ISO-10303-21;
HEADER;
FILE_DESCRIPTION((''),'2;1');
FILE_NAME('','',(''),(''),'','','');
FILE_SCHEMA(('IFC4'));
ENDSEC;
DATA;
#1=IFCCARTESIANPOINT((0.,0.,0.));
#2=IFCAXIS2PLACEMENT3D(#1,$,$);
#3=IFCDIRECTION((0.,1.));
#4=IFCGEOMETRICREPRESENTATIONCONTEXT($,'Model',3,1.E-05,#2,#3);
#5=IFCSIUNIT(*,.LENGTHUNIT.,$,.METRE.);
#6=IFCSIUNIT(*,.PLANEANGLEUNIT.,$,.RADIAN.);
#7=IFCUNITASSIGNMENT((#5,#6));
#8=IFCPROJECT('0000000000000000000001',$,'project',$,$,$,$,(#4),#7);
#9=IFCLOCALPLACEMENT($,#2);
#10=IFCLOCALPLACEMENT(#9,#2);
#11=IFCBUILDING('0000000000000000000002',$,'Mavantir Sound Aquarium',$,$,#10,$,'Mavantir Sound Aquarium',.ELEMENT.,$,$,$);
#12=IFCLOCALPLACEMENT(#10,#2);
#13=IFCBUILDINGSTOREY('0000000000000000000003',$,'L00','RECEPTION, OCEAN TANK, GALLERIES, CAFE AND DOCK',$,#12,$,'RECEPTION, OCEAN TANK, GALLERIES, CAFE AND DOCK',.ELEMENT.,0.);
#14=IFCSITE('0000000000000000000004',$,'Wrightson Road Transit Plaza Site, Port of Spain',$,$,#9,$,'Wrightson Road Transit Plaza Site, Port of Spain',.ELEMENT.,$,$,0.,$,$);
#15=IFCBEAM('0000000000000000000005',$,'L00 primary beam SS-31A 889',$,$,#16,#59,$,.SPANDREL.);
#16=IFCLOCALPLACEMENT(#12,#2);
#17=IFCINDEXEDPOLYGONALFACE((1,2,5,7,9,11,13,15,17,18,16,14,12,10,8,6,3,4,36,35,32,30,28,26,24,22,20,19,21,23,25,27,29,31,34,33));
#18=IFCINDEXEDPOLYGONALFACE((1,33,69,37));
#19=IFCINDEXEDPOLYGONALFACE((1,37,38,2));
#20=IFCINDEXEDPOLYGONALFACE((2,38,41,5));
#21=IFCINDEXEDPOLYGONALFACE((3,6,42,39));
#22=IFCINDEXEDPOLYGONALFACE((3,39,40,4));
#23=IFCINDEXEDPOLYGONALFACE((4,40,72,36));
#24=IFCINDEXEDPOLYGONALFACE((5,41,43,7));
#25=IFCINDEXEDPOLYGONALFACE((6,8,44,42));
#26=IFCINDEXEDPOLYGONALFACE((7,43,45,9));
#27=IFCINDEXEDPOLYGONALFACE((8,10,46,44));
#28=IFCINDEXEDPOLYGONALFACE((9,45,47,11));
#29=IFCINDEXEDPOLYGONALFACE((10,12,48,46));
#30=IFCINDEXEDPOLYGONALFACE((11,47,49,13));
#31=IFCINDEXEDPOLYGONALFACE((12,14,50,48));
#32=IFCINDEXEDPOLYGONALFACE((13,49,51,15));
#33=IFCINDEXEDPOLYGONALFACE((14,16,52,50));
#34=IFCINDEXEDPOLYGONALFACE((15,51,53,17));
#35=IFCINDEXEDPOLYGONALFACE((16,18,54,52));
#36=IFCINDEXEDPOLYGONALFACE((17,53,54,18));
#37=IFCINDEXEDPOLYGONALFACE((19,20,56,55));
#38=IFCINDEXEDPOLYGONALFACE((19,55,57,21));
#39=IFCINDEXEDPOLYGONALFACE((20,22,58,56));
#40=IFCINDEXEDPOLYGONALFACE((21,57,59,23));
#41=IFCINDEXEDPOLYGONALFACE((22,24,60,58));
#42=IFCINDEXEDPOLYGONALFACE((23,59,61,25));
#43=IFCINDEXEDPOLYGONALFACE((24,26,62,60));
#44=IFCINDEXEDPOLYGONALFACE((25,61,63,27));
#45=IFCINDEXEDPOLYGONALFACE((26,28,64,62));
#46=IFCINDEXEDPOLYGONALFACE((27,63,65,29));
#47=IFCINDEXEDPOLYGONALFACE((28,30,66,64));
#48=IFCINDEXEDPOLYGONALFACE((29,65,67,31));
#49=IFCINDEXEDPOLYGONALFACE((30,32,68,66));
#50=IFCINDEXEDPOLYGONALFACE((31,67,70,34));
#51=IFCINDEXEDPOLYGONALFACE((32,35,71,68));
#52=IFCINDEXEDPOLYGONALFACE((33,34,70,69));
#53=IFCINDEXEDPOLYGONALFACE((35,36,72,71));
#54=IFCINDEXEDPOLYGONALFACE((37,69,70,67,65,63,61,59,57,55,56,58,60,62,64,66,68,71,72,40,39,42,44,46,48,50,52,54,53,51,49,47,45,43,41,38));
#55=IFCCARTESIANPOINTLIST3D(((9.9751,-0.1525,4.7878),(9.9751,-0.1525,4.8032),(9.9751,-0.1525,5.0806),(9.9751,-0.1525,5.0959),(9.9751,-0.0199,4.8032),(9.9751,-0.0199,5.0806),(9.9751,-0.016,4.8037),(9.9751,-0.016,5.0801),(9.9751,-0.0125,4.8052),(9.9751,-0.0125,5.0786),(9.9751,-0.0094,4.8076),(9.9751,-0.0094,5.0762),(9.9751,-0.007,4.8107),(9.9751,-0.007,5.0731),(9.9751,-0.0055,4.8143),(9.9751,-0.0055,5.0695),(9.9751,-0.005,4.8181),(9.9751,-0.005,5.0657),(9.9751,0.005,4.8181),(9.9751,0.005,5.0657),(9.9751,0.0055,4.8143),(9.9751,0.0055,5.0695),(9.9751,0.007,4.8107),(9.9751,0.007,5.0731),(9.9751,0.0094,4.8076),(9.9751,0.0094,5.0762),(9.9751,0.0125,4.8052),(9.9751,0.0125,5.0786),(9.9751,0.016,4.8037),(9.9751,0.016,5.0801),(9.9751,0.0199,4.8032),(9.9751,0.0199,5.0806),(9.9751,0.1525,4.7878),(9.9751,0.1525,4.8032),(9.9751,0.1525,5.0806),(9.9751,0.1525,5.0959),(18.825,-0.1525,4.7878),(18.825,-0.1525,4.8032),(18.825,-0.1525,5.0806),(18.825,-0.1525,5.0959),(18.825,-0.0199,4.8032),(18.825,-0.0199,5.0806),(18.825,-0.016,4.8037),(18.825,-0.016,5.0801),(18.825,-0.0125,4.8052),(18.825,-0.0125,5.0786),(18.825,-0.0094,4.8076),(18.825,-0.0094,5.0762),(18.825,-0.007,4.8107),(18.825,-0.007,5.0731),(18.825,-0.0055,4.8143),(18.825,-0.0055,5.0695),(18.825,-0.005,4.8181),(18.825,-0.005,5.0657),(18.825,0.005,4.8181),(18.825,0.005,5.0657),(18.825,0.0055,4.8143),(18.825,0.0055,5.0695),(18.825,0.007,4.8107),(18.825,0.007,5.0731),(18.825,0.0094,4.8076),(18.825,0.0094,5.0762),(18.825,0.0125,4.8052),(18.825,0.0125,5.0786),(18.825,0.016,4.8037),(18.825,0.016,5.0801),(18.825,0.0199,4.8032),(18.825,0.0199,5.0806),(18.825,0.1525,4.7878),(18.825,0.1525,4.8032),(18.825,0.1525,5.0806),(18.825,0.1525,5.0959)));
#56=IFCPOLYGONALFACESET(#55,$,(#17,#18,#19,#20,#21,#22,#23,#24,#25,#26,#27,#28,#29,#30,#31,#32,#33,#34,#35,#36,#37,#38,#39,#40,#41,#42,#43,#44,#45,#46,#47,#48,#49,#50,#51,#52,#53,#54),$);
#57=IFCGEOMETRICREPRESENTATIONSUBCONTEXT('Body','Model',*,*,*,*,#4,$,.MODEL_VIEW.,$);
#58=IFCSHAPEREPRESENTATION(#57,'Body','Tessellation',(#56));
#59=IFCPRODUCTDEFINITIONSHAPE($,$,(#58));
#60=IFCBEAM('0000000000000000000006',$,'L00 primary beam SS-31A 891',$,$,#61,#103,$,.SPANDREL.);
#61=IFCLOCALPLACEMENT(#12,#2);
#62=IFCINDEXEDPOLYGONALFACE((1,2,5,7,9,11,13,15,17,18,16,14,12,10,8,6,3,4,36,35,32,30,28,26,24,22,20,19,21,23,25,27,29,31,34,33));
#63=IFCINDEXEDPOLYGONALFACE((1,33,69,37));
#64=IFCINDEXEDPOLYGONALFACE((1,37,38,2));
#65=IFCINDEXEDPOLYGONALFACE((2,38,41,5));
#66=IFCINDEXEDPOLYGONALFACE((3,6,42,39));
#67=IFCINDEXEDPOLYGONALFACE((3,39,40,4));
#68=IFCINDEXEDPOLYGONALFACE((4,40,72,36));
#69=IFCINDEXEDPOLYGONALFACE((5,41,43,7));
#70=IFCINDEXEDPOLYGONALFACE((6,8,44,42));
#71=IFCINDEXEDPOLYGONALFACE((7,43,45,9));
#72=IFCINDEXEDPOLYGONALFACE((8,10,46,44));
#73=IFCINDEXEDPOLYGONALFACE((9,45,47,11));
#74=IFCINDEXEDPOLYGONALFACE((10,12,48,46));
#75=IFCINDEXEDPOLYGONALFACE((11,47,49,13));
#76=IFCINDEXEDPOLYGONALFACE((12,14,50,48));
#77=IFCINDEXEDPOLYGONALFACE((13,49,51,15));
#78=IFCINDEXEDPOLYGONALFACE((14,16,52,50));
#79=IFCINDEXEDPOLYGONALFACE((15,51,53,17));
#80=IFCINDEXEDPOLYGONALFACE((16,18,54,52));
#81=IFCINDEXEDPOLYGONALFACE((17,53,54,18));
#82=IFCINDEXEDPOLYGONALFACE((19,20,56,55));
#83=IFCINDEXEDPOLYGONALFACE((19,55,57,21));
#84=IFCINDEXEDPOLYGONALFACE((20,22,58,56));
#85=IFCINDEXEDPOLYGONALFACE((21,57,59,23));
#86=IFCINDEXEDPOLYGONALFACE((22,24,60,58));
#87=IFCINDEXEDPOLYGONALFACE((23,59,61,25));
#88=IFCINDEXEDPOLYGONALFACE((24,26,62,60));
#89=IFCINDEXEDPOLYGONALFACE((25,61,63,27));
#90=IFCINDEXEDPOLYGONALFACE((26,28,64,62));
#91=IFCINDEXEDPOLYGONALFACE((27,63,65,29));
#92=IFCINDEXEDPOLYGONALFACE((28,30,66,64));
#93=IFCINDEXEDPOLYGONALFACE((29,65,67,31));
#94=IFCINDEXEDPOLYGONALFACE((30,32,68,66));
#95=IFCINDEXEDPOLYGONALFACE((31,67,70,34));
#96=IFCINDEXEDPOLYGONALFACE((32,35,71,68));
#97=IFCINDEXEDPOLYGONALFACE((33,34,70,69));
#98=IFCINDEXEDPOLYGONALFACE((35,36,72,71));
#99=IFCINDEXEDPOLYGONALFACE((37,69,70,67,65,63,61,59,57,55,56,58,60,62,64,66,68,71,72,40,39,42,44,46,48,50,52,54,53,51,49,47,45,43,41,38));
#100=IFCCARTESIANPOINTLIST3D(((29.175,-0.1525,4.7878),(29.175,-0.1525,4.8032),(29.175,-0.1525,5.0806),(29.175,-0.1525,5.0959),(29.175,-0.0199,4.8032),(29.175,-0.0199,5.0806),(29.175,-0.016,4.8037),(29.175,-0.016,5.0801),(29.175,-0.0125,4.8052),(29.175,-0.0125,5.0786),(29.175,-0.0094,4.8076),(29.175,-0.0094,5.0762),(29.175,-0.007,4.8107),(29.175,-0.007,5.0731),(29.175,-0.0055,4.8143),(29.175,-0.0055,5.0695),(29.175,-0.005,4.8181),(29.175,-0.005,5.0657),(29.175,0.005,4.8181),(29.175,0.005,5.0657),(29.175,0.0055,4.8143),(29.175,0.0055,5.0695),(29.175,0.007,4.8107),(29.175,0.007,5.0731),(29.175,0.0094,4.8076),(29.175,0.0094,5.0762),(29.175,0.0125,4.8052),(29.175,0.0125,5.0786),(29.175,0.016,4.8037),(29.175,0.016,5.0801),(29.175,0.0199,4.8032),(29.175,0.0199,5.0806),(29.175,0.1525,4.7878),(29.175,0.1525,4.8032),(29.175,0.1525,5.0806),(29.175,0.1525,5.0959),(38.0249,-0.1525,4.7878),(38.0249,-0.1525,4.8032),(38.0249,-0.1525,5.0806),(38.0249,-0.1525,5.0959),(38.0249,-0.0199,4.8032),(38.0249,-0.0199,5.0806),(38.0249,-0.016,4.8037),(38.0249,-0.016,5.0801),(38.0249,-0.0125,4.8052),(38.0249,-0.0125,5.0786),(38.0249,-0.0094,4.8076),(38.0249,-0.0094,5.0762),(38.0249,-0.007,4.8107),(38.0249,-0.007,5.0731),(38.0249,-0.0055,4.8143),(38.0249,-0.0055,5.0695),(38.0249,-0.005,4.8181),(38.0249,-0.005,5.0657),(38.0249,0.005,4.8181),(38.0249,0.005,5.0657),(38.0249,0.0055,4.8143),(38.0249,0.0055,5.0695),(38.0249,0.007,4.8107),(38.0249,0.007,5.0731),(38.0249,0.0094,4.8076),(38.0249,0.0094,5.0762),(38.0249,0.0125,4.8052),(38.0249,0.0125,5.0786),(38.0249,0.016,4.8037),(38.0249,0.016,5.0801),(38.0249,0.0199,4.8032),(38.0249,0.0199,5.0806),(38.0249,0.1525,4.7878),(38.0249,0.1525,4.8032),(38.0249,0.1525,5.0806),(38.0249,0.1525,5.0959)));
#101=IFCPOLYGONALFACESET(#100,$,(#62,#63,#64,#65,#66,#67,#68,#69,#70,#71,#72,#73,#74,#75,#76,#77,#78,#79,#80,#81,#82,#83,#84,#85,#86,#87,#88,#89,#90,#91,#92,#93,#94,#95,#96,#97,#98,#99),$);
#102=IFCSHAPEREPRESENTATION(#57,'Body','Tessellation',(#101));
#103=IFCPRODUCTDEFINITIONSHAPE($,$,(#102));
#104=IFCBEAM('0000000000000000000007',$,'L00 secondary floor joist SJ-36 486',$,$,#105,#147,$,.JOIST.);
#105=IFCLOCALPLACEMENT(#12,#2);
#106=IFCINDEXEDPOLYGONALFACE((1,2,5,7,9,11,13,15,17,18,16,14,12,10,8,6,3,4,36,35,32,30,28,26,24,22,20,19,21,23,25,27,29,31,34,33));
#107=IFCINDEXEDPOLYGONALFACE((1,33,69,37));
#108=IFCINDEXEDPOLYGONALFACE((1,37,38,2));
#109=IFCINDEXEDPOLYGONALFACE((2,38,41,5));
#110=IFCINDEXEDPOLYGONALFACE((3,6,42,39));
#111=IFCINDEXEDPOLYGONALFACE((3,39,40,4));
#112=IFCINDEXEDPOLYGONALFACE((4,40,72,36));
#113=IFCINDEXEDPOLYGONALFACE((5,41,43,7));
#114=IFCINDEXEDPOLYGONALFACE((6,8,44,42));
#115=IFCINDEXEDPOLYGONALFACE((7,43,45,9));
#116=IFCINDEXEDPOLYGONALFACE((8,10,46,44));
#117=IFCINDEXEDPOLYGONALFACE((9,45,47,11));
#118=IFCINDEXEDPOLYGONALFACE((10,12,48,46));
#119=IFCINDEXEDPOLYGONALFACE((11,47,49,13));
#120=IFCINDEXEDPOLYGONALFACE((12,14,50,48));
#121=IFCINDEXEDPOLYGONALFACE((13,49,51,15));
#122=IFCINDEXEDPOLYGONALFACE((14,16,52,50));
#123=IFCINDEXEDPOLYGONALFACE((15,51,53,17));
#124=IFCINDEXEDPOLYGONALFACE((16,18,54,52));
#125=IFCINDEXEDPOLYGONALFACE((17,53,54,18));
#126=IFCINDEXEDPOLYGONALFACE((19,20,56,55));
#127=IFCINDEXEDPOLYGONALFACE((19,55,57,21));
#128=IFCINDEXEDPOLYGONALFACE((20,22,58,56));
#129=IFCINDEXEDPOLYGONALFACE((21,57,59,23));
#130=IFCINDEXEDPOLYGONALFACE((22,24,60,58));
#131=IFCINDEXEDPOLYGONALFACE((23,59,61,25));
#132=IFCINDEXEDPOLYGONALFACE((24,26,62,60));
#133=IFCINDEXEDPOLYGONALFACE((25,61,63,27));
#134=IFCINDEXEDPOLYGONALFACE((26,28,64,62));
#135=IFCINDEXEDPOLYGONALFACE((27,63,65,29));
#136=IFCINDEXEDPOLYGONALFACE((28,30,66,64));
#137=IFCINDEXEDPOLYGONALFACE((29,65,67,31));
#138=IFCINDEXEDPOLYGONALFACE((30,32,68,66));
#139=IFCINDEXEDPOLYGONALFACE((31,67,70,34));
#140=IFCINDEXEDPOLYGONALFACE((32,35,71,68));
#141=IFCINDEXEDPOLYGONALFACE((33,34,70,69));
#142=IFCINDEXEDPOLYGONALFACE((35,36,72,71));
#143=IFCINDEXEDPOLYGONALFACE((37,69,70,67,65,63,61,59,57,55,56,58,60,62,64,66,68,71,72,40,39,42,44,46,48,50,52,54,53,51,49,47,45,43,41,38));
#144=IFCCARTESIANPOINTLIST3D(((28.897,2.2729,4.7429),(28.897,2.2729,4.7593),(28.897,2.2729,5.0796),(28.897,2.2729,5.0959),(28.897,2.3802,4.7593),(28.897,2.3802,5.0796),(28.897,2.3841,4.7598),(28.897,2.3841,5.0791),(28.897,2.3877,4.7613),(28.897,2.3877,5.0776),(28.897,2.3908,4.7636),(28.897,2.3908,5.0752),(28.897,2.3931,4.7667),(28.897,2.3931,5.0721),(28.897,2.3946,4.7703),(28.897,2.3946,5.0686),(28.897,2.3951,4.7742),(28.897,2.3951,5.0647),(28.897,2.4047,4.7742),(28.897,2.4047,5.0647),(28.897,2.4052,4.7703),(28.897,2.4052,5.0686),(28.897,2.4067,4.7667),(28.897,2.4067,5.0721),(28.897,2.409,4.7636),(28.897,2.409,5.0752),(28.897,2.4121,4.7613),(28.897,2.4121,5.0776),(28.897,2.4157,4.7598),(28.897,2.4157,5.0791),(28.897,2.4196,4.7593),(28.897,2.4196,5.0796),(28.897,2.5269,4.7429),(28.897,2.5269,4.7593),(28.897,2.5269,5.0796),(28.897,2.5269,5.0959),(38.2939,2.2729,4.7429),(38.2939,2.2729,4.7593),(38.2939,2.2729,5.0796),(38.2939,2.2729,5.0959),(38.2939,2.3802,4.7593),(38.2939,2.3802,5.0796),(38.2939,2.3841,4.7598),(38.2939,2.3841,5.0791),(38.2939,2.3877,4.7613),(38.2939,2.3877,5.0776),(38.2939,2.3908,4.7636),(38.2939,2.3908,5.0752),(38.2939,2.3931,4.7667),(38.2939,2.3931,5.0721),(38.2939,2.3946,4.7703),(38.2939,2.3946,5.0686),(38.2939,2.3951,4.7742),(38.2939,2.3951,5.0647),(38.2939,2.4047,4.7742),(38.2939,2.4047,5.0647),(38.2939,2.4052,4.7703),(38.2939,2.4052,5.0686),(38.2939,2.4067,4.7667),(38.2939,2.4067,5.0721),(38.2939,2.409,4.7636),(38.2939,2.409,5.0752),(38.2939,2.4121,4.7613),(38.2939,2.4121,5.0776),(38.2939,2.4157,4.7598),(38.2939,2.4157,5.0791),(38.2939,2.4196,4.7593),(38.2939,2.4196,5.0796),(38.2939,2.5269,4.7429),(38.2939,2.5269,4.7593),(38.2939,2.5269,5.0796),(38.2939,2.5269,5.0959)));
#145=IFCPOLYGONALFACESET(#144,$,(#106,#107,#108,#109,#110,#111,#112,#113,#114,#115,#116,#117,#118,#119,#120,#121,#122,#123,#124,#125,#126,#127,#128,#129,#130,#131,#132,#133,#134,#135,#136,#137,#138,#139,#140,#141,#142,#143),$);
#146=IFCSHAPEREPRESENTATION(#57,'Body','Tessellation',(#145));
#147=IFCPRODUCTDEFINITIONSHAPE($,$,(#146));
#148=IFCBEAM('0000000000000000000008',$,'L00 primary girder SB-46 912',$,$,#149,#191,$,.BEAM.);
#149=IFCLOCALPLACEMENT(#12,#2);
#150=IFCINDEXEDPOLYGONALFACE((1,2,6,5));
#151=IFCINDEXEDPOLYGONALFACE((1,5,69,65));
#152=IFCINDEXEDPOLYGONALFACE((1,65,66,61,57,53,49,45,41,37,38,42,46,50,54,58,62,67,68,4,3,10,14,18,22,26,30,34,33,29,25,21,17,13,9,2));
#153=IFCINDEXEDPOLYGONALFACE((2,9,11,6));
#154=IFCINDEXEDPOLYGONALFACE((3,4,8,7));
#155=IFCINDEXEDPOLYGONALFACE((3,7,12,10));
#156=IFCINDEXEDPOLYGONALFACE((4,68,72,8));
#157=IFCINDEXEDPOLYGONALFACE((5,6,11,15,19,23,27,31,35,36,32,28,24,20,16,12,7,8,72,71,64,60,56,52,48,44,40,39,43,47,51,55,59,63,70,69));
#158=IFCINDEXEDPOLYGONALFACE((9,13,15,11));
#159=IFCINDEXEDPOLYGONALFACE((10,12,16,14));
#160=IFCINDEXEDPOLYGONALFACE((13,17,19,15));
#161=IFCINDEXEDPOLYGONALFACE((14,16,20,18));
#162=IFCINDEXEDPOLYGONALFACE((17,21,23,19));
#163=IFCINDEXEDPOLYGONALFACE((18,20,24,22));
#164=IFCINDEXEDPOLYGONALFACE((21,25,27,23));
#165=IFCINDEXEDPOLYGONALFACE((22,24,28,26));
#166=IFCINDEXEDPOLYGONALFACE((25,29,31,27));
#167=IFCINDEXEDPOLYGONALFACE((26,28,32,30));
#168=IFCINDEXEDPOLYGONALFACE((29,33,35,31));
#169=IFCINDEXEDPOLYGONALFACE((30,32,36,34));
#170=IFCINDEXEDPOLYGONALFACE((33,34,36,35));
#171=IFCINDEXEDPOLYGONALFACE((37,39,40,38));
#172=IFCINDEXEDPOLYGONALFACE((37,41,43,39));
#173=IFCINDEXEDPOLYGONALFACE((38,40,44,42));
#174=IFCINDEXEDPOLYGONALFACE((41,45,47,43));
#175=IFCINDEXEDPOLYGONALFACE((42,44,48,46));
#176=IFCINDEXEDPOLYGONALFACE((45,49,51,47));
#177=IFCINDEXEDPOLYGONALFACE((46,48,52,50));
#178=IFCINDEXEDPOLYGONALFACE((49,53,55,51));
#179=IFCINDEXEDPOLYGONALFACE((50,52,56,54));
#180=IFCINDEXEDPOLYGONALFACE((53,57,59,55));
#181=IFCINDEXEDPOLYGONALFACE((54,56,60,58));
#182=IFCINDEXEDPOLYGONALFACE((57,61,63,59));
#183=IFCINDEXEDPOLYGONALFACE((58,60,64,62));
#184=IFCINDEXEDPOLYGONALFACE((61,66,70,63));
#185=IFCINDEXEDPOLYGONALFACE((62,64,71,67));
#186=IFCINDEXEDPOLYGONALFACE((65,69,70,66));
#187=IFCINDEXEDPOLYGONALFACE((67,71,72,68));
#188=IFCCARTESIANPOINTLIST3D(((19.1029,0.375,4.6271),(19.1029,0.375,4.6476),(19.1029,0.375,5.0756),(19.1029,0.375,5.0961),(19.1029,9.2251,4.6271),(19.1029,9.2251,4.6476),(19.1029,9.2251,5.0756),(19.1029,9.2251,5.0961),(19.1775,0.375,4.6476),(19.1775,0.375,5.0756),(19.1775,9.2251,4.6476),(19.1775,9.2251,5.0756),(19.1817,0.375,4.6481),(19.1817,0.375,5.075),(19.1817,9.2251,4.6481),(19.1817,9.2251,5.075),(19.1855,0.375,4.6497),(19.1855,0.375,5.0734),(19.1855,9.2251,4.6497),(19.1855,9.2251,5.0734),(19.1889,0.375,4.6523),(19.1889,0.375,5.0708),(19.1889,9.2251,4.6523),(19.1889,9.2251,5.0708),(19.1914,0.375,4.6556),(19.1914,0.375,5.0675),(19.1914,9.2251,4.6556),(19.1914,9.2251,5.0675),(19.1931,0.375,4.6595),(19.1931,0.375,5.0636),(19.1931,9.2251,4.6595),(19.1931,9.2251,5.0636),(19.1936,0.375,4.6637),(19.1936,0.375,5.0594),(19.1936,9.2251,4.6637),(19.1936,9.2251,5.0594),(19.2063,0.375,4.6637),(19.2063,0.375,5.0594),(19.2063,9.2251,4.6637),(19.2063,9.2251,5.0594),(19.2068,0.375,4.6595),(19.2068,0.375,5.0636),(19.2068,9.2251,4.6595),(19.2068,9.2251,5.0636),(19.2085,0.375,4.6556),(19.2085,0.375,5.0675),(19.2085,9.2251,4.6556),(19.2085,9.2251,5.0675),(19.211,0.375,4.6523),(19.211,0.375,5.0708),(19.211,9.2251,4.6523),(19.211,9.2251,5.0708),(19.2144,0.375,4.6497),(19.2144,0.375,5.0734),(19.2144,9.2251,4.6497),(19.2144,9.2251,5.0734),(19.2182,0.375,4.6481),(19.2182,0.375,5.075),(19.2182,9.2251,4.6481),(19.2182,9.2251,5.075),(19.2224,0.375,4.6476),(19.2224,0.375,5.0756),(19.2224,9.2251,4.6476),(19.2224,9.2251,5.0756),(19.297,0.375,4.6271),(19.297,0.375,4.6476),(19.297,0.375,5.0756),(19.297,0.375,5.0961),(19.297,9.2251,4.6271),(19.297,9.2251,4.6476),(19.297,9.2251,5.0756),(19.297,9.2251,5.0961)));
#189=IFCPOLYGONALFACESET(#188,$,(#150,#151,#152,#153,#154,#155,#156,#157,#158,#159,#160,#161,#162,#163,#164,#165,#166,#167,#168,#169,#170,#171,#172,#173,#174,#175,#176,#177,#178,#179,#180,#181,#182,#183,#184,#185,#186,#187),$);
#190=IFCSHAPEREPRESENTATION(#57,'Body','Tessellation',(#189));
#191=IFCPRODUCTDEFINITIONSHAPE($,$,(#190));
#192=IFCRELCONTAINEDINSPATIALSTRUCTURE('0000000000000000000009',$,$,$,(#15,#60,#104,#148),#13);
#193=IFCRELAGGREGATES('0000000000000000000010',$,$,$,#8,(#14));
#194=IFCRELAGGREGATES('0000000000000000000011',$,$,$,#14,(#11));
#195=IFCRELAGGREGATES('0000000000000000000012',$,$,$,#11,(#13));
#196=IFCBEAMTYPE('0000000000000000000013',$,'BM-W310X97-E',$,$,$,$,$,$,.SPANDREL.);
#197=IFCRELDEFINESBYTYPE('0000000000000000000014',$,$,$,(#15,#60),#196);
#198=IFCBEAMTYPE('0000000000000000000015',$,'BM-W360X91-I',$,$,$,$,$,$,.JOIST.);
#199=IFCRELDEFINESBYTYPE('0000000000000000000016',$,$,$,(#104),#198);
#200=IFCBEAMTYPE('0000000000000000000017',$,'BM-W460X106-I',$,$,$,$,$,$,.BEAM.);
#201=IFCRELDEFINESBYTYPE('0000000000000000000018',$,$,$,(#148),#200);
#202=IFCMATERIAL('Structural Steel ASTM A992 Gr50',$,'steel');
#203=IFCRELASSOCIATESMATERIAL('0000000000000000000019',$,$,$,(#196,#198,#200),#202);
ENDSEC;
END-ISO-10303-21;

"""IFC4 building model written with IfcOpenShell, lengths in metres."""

from ifc_helpers import new_model, si_unit, direction, frame, origin, origin_2d, place, context, subcontext, project, spatial, i_section, extrude, material, material_profile, profile_set, type_object, element, save


model = new_model("IFC4")

# Units and contexts
model_context = context("Model", 3, precision=1e-05, world=origin(), true_north=direction((0.0, 1.0)))
body_context = subcontext(model_context, "Body", "Model", "MODEL_VIEW")
ifc_project = project(units=[si_unit("LENGTHUNIT", "METRE"), si_unit("PLANEANGLEUNIT", "RADIAN")], contexts=[model_context])

# Site, building, storey
site_placement = place(None, origin())
site = spatial("IfcSite", under=ifc_project, at=site_placement, Name="Wrightson Road Transit Plaza Site, Port of Spain", LongName="Wrightson Road Transit Plaza Site, Port of Spain", CompositionType="ELEMENT", RefElevation=0.0)
building_placement = place(site_placement, origin())
building = spatial("IfcBuilding", under=site, at=building_placement, Name="Mavantir Sound Aquarium", LongName="Mavantir Sound Aquarium", CompositionType="ELEMENT")
storey_placement = place(building_placement, origin())
storey = spatial("IfcBuildingStorey", under=building, at=storey_placement, Name="L00", Description="RECEPTION, OCEAN TANK, GALLERIES, CAFE AND DOCK", LongName="RECEPTION, OCEAN TANK, GALLERIES, CAFE AND DOCK", CompositionType="ELEMENT", Elevation=0.0)

# Beams
ifc_material_1 = material(Name="Structural Steel ASTM A992 Gr50", Category="steel")
ifc_material_profile_1 = material_profile(ifc_material_1, i_section(OverallWidth=0.3049, OverallDepth=0.3081, WebThickness=0.01, FlangeThickness=0.0154, FilletRadius=0.0149, at=origin_2d()), Name="W310X97")
ifc_profile_set_1 = profile_set([ifc_material_profile_1], Name="Structural Steel ASTM A992 Gr50")
beam_type_1 = type_object("IfcBeamType", Name="BM-W310X97-E", PredefinedType="SPANDREL", material=ifc_profile_set_1)
for number, where, z_axis, x_axis, name in (
    (1, (9.9751, 0.0, 4.9419), (1.0, 0.0, 0.0), (0.0, 1.0, 0.0), "L00 primary beam SS-31A 889"),
    (2, (29.175, 0.0, 4.9419), (1.0, 0.0, 0.0), (0.0, 1.0, 0.0), "L00 primary beam SS-31A 891"),
):
    element("IfcBeam", number, at=place(storey_placement, frame(where, z_axis=z_axis, x_axis=x_axis)), inside=storey, type_object=beam_type_1, Name=name, PredefinedType="SPANDREL", context=body_context, shape_type="SweptSolid", body=[
        extrude(i_section(OverallWidth=0.3049, OverallDepth=0.3081, WebThickness=0.01, FlangeThickness=0.0154, FilletRadius=0.0149, at=origin_2d()), origin(), (0.0, 0.0, 1.0), 8.8499),
    ])
ifc_material_profile_2 = material_profile(ifc_material_1, i_section(OverallWidth=0.2539, OverallDepth=0.353, WebThickness=0.0095, FlangeThickness=0.0164, FilletRadius=0.0149, at=origin_2d()), Name="W360X91")
ifc_profile_set_2 = profile_set([ifc_material_profile_2], Name="Structural Steel ASTM A992 Gr50")
beam_type_2 = type_object("IfcBeamType", Name="BM-W360X91-I", PredefinedType="JOIST", material=ifc_profile_set_2)
beam_1_placement = place(storey_placement, frame((28.897, 2.3999, 4.9194), z_axis=(1.0, 0.0, 0.0), x_axis=(0.0, 1.0, 0.0)))
element("IfcBeam", 3, at=beam_1_placement, inside=storey, type_object=beam_type_2, Name="L00 secondary floor joist SJ-36 486", PredefinedType="JOIST", context=body_context, shape_type="SweptSolid", body=[
    extrude(i_section(OverallWidth=0.2539, OverallDepth=0.353, WebThickness=0.0095, FlangeThickness=0.0164, FilletRadius=0.0149, at=origin_2d()), origin(), (0.0, 0.0, 1.0), 9.397),
])
ifc_material_profile_3 = material_profile(ifc_material_1, i_section(OverallWidth=0.1941, OverallDepth=0.469, WebThickness=0.0127, FlangeThickness=0.0205, FilletRadius=0.0161, at=origin_2d()), Name="W460X106")
ifc_profile_set_3 = profile_set([ifc_material_profile_3], Name="Structural Steel ASTM A992 Gr50")
beam_type_3 = type_object("IfcBeamType", Name="BM-W460X106-I", PredefinedType="BEAM", material=ifc_profile_set_3)
for number, where, z_axis, x_axis, name in (
    (4, (19.2, 0.375, 4.8616), (0.0, 1.0, 0.0), (-1.0, 0.0, 0.0), "L00 primary girder SB-46 912"),
):
    element("IfcBeam", number, at=place(storey_placement, frame(where, z_axis=z_axis, x_axis=x_axis)), inside=storey, type_object=beam_type_3, Name=name, PredefinedType="BEAM", context=body_context, shape_type="SweptSolid", body=[
        extrude(i_section(OverallWidth=0.1941, OverallDepth=0.469, WebThickness=0.0127, FlangeThickness=0.0205, FilletRadius=0.0161, at=origin_2d()), origin(), (0.0, 0.0, 1.0), 8.8501),
    ])

save(model, "model.ifc")
